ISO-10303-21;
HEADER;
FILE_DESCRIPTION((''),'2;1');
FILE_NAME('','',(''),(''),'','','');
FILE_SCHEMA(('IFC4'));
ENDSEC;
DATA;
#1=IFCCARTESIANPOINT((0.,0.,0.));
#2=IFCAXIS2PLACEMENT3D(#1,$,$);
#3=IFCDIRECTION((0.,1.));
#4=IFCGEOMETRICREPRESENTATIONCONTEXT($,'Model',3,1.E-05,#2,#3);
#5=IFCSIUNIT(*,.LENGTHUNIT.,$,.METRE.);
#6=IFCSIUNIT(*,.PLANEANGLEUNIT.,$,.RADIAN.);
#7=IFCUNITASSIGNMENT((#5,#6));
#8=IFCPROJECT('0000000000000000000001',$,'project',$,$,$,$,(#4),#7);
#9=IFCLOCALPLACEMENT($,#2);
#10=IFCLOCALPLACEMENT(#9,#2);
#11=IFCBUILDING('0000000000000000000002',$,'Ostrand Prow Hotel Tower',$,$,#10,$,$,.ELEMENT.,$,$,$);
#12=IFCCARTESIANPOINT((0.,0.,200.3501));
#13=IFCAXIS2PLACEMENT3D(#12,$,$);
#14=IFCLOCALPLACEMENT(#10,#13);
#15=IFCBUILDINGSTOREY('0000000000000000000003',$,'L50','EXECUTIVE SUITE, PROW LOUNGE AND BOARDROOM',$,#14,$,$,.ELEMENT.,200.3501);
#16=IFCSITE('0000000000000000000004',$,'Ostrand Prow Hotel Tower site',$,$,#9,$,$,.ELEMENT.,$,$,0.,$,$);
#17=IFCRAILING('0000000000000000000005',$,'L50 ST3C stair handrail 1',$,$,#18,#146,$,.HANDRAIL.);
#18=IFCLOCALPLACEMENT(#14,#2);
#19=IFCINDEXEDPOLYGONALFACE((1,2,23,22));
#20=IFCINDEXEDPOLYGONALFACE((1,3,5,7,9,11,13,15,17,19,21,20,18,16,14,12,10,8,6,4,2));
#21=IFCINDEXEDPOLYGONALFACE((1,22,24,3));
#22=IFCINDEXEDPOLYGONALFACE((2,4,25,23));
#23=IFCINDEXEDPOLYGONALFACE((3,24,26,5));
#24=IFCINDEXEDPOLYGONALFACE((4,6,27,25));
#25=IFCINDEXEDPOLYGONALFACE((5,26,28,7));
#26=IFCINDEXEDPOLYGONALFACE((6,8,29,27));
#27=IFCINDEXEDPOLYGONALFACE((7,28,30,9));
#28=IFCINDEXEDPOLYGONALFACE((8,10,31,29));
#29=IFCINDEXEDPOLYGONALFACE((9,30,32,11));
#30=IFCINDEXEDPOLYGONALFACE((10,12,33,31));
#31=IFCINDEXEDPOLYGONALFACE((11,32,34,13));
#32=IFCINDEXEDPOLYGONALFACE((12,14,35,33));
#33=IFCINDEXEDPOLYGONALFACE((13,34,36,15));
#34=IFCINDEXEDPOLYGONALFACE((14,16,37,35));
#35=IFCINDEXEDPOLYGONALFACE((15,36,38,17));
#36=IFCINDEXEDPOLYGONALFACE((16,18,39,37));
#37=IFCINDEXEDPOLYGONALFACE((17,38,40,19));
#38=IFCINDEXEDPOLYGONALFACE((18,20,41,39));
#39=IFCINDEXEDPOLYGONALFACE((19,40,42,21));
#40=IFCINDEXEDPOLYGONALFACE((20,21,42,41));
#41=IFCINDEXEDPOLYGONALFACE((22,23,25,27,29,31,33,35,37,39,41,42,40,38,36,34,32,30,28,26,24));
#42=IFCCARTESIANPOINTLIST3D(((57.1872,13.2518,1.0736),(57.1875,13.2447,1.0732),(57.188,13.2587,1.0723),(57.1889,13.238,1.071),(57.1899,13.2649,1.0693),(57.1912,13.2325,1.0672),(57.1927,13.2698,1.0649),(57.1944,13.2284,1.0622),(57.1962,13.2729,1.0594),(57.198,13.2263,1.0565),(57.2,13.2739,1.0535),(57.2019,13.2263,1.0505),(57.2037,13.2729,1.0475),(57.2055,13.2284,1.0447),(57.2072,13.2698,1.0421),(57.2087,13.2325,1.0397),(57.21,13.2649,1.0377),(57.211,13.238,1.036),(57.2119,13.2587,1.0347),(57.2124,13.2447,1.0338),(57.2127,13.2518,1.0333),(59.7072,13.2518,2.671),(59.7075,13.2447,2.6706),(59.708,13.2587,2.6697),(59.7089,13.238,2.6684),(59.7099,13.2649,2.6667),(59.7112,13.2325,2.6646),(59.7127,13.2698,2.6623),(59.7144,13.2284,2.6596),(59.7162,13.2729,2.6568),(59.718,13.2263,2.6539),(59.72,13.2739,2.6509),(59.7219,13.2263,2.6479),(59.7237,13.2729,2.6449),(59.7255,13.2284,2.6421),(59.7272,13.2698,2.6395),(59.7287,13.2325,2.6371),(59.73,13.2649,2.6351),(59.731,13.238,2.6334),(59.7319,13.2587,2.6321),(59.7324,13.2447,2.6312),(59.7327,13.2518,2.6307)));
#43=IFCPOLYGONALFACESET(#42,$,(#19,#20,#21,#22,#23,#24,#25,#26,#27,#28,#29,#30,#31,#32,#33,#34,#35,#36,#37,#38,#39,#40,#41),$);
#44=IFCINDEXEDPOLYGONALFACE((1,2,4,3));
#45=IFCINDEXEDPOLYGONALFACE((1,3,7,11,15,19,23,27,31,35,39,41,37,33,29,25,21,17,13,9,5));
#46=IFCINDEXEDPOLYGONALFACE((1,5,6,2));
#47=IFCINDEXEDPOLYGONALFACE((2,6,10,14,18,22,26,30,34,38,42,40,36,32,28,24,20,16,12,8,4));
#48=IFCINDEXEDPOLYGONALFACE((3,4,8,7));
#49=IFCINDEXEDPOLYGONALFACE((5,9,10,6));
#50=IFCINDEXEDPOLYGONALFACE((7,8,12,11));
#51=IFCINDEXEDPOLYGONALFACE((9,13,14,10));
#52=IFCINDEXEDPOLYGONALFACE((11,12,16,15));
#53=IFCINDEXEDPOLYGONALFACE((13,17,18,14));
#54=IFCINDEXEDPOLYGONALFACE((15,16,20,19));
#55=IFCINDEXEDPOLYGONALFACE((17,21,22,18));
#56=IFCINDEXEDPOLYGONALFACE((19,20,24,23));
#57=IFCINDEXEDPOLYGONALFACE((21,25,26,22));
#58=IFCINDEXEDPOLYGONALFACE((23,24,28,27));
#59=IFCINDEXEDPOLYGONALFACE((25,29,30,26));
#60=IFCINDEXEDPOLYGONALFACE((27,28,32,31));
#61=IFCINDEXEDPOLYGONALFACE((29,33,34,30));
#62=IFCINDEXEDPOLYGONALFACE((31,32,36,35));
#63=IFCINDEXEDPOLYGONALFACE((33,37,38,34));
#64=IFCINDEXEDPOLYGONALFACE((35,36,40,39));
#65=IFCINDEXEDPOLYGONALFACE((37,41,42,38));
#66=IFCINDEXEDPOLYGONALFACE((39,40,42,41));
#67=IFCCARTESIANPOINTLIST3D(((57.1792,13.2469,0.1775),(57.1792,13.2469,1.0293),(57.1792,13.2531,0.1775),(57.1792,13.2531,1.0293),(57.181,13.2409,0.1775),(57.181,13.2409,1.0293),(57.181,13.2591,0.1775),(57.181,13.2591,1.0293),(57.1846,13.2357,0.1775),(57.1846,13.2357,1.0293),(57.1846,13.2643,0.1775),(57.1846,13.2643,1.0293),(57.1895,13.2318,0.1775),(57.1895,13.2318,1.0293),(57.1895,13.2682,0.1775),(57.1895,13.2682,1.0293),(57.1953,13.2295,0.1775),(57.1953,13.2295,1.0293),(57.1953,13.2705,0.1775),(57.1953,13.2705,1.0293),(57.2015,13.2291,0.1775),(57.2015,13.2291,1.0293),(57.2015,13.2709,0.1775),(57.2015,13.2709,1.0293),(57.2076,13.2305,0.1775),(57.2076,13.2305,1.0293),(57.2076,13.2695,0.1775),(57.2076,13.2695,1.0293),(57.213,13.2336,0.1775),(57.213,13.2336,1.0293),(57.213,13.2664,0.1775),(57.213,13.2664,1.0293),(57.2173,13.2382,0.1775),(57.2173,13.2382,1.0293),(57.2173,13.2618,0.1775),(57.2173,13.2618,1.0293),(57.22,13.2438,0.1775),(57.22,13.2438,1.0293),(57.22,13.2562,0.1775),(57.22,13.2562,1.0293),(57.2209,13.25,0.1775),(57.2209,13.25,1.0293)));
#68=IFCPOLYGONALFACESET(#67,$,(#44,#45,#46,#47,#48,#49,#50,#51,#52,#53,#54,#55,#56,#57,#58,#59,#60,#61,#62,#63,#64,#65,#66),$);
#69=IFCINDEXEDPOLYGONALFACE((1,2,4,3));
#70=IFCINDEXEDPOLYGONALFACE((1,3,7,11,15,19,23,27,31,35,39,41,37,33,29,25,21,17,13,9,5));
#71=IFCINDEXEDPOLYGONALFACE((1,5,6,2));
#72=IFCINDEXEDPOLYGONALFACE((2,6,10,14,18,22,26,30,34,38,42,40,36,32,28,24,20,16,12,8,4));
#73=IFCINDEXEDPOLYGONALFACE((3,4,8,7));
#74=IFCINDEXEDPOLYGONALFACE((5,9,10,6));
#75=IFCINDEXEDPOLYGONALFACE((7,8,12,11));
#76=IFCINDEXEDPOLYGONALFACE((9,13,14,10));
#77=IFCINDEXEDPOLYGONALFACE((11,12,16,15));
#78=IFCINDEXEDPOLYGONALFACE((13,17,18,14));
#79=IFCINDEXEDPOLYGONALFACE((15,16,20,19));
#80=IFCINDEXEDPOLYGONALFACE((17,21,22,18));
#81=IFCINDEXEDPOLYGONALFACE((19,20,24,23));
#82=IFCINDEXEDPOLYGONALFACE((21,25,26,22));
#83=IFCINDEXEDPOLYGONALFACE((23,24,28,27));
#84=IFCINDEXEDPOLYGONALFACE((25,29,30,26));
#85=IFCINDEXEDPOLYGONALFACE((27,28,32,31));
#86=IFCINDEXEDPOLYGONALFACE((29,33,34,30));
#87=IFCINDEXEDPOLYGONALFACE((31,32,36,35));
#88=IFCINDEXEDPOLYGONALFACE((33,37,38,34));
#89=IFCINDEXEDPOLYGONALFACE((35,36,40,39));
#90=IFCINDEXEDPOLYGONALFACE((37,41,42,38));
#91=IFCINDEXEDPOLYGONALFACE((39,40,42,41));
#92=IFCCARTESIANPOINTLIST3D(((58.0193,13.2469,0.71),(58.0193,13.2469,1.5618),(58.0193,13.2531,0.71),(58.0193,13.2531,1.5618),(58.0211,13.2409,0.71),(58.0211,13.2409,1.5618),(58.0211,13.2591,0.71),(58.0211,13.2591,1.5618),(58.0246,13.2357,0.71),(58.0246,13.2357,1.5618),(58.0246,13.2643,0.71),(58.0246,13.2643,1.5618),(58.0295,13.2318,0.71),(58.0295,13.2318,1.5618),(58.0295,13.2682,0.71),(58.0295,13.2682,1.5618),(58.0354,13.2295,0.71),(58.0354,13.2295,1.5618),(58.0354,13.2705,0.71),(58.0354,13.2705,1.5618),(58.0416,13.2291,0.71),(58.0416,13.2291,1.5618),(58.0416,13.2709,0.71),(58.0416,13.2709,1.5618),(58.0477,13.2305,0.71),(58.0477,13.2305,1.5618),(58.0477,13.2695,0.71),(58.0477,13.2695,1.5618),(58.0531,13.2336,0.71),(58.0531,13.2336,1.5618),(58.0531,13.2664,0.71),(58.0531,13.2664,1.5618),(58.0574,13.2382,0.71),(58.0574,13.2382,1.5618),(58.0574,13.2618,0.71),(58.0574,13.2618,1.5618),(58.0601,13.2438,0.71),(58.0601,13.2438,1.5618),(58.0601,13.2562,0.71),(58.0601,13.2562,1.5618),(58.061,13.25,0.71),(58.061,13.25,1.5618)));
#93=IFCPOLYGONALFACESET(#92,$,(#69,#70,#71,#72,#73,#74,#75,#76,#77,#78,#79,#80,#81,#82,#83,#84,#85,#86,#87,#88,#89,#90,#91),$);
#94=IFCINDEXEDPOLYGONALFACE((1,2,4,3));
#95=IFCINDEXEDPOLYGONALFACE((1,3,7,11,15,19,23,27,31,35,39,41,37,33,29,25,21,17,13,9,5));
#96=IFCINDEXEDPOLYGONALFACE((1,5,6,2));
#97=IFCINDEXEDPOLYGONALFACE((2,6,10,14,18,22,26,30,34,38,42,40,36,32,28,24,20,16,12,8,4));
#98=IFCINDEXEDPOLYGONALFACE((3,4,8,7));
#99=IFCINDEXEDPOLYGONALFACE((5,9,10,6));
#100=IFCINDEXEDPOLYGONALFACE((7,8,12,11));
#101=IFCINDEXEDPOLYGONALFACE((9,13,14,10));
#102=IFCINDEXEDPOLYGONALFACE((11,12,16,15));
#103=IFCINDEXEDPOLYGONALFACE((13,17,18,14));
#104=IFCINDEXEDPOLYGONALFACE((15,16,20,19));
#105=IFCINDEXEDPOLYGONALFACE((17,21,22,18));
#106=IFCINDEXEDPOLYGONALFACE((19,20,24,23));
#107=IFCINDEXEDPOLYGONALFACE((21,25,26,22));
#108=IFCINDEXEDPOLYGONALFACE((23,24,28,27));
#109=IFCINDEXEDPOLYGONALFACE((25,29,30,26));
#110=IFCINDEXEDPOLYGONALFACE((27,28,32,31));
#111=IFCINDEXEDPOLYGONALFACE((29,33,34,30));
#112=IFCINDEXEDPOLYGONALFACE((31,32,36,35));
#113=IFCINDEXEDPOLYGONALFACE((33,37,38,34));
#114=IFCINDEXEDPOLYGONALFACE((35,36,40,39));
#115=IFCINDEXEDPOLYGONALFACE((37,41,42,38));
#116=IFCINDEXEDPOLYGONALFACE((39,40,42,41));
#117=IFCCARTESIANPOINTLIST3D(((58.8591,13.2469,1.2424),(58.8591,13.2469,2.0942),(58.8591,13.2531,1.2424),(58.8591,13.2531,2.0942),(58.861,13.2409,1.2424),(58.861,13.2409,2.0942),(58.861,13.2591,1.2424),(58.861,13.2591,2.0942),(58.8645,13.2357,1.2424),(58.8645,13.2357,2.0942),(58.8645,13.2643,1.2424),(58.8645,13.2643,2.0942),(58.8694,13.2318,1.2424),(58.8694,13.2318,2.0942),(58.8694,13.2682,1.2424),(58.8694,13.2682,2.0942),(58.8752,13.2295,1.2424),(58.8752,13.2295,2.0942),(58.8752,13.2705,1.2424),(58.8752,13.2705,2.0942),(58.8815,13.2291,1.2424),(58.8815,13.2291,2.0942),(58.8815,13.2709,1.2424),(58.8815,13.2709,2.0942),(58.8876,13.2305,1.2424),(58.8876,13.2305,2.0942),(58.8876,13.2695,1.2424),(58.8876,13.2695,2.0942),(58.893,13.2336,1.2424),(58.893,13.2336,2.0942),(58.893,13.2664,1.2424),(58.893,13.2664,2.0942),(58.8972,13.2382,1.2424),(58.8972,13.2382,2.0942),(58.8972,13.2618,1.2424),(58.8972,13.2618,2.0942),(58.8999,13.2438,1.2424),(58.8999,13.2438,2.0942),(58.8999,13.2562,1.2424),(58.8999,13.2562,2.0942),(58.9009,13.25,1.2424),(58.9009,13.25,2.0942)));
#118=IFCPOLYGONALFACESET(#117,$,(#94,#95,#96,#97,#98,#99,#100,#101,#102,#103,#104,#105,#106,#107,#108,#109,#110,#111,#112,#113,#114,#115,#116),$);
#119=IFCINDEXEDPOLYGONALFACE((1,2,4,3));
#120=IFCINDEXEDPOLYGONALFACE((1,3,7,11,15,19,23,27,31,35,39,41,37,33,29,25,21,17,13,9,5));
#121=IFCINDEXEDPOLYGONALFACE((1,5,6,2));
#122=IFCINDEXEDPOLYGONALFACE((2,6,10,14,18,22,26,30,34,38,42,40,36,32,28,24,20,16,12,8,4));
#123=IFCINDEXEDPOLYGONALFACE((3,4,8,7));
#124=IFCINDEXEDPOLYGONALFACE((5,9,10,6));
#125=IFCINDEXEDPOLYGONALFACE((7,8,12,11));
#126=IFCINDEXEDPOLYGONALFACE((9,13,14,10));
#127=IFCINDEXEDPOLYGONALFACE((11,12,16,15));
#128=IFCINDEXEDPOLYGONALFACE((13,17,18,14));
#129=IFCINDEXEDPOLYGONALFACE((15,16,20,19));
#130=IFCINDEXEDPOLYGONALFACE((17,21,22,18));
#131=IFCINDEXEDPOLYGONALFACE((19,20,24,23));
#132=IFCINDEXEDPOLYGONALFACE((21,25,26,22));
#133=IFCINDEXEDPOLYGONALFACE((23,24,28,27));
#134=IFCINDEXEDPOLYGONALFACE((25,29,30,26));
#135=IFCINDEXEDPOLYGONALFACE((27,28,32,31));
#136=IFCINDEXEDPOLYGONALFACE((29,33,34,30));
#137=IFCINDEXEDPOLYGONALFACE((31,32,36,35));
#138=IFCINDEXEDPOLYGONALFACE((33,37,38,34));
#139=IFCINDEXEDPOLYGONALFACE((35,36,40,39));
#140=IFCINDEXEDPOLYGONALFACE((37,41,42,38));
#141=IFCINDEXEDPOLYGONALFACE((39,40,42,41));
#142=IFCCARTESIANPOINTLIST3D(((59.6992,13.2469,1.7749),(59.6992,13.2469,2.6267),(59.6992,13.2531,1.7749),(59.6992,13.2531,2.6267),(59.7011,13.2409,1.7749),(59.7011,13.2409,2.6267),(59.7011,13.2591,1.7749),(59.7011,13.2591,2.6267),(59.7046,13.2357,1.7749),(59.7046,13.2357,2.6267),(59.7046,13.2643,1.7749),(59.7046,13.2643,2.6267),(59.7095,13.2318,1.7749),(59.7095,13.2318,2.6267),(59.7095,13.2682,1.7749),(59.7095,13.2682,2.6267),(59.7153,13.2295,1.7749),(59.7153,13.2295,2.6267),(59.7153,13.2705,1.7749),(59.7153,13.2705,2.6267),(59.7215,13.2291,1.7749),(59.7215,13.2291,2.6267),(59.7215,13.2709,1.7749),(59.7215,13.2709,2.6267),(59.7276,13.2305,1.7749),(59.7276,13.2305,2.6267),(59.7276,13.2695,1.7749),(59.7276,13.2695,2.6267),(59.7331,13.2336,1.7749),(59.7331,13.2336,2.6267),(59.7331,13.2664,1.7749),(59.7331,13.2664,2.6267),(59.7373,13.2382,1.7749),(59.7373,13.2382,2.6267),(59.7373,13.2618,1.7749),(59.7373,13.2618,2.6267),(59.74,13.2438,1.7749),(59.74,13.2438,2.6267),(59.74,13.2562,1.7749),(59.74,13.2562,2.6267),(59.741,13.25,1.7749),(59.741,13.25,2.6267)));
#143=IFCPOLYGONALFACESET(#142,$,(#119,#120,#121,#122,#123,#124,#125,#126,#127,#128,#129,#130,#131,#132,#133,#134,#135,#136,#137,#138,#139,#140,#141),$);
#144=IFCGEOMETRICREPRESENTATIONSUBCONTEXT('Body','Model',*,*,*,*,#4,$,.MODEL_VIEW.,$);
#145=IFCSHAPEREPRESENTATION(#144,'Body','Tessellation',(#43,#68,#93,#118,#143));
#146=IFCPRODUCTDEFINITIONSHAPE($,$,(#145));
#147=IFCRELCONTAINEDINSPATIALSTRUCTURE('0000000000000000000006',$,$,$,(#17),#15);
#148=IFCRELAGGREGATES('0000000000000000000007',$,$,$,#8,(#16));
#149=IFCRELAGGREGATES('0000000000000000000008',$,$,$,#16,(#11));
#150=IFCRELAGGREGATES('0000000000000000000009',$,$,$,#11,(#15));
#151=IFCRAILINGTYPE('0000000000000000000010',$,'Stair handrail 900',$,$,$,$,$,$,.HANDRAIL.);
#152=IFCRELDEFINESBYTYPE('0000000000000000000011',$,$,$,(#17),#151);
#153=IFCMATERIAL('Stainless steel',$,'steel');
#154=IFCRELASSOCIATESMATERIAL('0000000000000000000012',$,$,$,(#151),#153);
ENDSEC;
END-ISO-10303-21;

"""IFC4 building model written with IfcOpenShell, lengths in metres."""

from ifc_helpers import new_model, si_unit, direction, frame, origin, origin_2d, place, context, subcontext, project, spatial, circle, extrude, material, type_object, element, save


model = new_model("IFC4")

# Units and contexts
model_context = context("Model", 3, precision=1e-05, world=origin(), true_north=direction((0.0, 1.0)))
body_context = subcontext(model_context, "Body", "Model", "MODEL_VIEW")
ifc_project = project(units=[si_unit("LENGTHUNIT", "METRE"), si_unit("PLANEANGLEUNIT", "RADIAN")], contexts=[model_context])

# Site, building, storey
site_placement = place(None, origin())
site = spatial("IfcSite", under=ifc_project, at=site_placement, Name="Ostrand Prow Hotel Tower site", CompositionType="ELEMENT", RefElevation=0.0)
building_placement = place(site_placement, origin())
building = spatial("IfcBuilding", under=site, at=building_placement, Name="Ostrand Prow Hotel Tower", CompositionType="ELEMENT")
storey_placement = place(building_placement, frame((0.0, 0.0, 200.3501)))
storey = spatial("IfcBuildingStorey", under=building, at=storey_placement, Name="L50", Description="EXECUTIVE SUITE, PROW LOUNGE AND BOARDROOM", CompositionType="ELEMENT", Elevation=200.3501)

# Railing
ifc_material_1 = material(Name="Stainless steel", Category="steel")
railing_type_1 = type_object("IfcRailingType", Name="Stair handrail 900", PredefinedType="HANDRAIL", material=ifc_material_1)
railing_1_placement = place(storey_placement, frame((57.2, 13.25, 0.1775)))
element("IfcRailing", 1, at=railing_1_placement, inside=storey, type_object=railing_type_1, Name="L50 ST3C stair handrail 1", PredefinedType="HANDRAIL", context=body_context, shape_type="SweptSolid", body=[
    extrude(circle(Radius=0.0239, at=origin_2d()), frame((0.0, 0.0, 0.876), z_axis=(0.844607, 0.0, 0.535387), x_axis=(0.0, 1.0, 0.0)), (0.0, 0.0, 1.0), 2.9836),
    extrude(circle(Radius=0.021, at=origin_2d()), origin(), (0.0, 0.0, 1.0), 0.8518),
    extrude(circle(Radius=0.021, at=origin_2d()), frame((0.8401, 0.0, 0.5325)), (0.0, 0.0, 1.0), 0.8518),
    extrude(circle(Radius=0.021, at=origin_2d()), frame((1.6799, 0.0, 1.0649)), (0.0, 0.0, 1.0), 0.8518),
    extrude(circle(Radius=0.021, at=origin_2d()), frame((2.52, 0.0, 1.5974)), (0.0, 0.0, 1.0), 0.8518),
])

save(model, "model.ifc")
